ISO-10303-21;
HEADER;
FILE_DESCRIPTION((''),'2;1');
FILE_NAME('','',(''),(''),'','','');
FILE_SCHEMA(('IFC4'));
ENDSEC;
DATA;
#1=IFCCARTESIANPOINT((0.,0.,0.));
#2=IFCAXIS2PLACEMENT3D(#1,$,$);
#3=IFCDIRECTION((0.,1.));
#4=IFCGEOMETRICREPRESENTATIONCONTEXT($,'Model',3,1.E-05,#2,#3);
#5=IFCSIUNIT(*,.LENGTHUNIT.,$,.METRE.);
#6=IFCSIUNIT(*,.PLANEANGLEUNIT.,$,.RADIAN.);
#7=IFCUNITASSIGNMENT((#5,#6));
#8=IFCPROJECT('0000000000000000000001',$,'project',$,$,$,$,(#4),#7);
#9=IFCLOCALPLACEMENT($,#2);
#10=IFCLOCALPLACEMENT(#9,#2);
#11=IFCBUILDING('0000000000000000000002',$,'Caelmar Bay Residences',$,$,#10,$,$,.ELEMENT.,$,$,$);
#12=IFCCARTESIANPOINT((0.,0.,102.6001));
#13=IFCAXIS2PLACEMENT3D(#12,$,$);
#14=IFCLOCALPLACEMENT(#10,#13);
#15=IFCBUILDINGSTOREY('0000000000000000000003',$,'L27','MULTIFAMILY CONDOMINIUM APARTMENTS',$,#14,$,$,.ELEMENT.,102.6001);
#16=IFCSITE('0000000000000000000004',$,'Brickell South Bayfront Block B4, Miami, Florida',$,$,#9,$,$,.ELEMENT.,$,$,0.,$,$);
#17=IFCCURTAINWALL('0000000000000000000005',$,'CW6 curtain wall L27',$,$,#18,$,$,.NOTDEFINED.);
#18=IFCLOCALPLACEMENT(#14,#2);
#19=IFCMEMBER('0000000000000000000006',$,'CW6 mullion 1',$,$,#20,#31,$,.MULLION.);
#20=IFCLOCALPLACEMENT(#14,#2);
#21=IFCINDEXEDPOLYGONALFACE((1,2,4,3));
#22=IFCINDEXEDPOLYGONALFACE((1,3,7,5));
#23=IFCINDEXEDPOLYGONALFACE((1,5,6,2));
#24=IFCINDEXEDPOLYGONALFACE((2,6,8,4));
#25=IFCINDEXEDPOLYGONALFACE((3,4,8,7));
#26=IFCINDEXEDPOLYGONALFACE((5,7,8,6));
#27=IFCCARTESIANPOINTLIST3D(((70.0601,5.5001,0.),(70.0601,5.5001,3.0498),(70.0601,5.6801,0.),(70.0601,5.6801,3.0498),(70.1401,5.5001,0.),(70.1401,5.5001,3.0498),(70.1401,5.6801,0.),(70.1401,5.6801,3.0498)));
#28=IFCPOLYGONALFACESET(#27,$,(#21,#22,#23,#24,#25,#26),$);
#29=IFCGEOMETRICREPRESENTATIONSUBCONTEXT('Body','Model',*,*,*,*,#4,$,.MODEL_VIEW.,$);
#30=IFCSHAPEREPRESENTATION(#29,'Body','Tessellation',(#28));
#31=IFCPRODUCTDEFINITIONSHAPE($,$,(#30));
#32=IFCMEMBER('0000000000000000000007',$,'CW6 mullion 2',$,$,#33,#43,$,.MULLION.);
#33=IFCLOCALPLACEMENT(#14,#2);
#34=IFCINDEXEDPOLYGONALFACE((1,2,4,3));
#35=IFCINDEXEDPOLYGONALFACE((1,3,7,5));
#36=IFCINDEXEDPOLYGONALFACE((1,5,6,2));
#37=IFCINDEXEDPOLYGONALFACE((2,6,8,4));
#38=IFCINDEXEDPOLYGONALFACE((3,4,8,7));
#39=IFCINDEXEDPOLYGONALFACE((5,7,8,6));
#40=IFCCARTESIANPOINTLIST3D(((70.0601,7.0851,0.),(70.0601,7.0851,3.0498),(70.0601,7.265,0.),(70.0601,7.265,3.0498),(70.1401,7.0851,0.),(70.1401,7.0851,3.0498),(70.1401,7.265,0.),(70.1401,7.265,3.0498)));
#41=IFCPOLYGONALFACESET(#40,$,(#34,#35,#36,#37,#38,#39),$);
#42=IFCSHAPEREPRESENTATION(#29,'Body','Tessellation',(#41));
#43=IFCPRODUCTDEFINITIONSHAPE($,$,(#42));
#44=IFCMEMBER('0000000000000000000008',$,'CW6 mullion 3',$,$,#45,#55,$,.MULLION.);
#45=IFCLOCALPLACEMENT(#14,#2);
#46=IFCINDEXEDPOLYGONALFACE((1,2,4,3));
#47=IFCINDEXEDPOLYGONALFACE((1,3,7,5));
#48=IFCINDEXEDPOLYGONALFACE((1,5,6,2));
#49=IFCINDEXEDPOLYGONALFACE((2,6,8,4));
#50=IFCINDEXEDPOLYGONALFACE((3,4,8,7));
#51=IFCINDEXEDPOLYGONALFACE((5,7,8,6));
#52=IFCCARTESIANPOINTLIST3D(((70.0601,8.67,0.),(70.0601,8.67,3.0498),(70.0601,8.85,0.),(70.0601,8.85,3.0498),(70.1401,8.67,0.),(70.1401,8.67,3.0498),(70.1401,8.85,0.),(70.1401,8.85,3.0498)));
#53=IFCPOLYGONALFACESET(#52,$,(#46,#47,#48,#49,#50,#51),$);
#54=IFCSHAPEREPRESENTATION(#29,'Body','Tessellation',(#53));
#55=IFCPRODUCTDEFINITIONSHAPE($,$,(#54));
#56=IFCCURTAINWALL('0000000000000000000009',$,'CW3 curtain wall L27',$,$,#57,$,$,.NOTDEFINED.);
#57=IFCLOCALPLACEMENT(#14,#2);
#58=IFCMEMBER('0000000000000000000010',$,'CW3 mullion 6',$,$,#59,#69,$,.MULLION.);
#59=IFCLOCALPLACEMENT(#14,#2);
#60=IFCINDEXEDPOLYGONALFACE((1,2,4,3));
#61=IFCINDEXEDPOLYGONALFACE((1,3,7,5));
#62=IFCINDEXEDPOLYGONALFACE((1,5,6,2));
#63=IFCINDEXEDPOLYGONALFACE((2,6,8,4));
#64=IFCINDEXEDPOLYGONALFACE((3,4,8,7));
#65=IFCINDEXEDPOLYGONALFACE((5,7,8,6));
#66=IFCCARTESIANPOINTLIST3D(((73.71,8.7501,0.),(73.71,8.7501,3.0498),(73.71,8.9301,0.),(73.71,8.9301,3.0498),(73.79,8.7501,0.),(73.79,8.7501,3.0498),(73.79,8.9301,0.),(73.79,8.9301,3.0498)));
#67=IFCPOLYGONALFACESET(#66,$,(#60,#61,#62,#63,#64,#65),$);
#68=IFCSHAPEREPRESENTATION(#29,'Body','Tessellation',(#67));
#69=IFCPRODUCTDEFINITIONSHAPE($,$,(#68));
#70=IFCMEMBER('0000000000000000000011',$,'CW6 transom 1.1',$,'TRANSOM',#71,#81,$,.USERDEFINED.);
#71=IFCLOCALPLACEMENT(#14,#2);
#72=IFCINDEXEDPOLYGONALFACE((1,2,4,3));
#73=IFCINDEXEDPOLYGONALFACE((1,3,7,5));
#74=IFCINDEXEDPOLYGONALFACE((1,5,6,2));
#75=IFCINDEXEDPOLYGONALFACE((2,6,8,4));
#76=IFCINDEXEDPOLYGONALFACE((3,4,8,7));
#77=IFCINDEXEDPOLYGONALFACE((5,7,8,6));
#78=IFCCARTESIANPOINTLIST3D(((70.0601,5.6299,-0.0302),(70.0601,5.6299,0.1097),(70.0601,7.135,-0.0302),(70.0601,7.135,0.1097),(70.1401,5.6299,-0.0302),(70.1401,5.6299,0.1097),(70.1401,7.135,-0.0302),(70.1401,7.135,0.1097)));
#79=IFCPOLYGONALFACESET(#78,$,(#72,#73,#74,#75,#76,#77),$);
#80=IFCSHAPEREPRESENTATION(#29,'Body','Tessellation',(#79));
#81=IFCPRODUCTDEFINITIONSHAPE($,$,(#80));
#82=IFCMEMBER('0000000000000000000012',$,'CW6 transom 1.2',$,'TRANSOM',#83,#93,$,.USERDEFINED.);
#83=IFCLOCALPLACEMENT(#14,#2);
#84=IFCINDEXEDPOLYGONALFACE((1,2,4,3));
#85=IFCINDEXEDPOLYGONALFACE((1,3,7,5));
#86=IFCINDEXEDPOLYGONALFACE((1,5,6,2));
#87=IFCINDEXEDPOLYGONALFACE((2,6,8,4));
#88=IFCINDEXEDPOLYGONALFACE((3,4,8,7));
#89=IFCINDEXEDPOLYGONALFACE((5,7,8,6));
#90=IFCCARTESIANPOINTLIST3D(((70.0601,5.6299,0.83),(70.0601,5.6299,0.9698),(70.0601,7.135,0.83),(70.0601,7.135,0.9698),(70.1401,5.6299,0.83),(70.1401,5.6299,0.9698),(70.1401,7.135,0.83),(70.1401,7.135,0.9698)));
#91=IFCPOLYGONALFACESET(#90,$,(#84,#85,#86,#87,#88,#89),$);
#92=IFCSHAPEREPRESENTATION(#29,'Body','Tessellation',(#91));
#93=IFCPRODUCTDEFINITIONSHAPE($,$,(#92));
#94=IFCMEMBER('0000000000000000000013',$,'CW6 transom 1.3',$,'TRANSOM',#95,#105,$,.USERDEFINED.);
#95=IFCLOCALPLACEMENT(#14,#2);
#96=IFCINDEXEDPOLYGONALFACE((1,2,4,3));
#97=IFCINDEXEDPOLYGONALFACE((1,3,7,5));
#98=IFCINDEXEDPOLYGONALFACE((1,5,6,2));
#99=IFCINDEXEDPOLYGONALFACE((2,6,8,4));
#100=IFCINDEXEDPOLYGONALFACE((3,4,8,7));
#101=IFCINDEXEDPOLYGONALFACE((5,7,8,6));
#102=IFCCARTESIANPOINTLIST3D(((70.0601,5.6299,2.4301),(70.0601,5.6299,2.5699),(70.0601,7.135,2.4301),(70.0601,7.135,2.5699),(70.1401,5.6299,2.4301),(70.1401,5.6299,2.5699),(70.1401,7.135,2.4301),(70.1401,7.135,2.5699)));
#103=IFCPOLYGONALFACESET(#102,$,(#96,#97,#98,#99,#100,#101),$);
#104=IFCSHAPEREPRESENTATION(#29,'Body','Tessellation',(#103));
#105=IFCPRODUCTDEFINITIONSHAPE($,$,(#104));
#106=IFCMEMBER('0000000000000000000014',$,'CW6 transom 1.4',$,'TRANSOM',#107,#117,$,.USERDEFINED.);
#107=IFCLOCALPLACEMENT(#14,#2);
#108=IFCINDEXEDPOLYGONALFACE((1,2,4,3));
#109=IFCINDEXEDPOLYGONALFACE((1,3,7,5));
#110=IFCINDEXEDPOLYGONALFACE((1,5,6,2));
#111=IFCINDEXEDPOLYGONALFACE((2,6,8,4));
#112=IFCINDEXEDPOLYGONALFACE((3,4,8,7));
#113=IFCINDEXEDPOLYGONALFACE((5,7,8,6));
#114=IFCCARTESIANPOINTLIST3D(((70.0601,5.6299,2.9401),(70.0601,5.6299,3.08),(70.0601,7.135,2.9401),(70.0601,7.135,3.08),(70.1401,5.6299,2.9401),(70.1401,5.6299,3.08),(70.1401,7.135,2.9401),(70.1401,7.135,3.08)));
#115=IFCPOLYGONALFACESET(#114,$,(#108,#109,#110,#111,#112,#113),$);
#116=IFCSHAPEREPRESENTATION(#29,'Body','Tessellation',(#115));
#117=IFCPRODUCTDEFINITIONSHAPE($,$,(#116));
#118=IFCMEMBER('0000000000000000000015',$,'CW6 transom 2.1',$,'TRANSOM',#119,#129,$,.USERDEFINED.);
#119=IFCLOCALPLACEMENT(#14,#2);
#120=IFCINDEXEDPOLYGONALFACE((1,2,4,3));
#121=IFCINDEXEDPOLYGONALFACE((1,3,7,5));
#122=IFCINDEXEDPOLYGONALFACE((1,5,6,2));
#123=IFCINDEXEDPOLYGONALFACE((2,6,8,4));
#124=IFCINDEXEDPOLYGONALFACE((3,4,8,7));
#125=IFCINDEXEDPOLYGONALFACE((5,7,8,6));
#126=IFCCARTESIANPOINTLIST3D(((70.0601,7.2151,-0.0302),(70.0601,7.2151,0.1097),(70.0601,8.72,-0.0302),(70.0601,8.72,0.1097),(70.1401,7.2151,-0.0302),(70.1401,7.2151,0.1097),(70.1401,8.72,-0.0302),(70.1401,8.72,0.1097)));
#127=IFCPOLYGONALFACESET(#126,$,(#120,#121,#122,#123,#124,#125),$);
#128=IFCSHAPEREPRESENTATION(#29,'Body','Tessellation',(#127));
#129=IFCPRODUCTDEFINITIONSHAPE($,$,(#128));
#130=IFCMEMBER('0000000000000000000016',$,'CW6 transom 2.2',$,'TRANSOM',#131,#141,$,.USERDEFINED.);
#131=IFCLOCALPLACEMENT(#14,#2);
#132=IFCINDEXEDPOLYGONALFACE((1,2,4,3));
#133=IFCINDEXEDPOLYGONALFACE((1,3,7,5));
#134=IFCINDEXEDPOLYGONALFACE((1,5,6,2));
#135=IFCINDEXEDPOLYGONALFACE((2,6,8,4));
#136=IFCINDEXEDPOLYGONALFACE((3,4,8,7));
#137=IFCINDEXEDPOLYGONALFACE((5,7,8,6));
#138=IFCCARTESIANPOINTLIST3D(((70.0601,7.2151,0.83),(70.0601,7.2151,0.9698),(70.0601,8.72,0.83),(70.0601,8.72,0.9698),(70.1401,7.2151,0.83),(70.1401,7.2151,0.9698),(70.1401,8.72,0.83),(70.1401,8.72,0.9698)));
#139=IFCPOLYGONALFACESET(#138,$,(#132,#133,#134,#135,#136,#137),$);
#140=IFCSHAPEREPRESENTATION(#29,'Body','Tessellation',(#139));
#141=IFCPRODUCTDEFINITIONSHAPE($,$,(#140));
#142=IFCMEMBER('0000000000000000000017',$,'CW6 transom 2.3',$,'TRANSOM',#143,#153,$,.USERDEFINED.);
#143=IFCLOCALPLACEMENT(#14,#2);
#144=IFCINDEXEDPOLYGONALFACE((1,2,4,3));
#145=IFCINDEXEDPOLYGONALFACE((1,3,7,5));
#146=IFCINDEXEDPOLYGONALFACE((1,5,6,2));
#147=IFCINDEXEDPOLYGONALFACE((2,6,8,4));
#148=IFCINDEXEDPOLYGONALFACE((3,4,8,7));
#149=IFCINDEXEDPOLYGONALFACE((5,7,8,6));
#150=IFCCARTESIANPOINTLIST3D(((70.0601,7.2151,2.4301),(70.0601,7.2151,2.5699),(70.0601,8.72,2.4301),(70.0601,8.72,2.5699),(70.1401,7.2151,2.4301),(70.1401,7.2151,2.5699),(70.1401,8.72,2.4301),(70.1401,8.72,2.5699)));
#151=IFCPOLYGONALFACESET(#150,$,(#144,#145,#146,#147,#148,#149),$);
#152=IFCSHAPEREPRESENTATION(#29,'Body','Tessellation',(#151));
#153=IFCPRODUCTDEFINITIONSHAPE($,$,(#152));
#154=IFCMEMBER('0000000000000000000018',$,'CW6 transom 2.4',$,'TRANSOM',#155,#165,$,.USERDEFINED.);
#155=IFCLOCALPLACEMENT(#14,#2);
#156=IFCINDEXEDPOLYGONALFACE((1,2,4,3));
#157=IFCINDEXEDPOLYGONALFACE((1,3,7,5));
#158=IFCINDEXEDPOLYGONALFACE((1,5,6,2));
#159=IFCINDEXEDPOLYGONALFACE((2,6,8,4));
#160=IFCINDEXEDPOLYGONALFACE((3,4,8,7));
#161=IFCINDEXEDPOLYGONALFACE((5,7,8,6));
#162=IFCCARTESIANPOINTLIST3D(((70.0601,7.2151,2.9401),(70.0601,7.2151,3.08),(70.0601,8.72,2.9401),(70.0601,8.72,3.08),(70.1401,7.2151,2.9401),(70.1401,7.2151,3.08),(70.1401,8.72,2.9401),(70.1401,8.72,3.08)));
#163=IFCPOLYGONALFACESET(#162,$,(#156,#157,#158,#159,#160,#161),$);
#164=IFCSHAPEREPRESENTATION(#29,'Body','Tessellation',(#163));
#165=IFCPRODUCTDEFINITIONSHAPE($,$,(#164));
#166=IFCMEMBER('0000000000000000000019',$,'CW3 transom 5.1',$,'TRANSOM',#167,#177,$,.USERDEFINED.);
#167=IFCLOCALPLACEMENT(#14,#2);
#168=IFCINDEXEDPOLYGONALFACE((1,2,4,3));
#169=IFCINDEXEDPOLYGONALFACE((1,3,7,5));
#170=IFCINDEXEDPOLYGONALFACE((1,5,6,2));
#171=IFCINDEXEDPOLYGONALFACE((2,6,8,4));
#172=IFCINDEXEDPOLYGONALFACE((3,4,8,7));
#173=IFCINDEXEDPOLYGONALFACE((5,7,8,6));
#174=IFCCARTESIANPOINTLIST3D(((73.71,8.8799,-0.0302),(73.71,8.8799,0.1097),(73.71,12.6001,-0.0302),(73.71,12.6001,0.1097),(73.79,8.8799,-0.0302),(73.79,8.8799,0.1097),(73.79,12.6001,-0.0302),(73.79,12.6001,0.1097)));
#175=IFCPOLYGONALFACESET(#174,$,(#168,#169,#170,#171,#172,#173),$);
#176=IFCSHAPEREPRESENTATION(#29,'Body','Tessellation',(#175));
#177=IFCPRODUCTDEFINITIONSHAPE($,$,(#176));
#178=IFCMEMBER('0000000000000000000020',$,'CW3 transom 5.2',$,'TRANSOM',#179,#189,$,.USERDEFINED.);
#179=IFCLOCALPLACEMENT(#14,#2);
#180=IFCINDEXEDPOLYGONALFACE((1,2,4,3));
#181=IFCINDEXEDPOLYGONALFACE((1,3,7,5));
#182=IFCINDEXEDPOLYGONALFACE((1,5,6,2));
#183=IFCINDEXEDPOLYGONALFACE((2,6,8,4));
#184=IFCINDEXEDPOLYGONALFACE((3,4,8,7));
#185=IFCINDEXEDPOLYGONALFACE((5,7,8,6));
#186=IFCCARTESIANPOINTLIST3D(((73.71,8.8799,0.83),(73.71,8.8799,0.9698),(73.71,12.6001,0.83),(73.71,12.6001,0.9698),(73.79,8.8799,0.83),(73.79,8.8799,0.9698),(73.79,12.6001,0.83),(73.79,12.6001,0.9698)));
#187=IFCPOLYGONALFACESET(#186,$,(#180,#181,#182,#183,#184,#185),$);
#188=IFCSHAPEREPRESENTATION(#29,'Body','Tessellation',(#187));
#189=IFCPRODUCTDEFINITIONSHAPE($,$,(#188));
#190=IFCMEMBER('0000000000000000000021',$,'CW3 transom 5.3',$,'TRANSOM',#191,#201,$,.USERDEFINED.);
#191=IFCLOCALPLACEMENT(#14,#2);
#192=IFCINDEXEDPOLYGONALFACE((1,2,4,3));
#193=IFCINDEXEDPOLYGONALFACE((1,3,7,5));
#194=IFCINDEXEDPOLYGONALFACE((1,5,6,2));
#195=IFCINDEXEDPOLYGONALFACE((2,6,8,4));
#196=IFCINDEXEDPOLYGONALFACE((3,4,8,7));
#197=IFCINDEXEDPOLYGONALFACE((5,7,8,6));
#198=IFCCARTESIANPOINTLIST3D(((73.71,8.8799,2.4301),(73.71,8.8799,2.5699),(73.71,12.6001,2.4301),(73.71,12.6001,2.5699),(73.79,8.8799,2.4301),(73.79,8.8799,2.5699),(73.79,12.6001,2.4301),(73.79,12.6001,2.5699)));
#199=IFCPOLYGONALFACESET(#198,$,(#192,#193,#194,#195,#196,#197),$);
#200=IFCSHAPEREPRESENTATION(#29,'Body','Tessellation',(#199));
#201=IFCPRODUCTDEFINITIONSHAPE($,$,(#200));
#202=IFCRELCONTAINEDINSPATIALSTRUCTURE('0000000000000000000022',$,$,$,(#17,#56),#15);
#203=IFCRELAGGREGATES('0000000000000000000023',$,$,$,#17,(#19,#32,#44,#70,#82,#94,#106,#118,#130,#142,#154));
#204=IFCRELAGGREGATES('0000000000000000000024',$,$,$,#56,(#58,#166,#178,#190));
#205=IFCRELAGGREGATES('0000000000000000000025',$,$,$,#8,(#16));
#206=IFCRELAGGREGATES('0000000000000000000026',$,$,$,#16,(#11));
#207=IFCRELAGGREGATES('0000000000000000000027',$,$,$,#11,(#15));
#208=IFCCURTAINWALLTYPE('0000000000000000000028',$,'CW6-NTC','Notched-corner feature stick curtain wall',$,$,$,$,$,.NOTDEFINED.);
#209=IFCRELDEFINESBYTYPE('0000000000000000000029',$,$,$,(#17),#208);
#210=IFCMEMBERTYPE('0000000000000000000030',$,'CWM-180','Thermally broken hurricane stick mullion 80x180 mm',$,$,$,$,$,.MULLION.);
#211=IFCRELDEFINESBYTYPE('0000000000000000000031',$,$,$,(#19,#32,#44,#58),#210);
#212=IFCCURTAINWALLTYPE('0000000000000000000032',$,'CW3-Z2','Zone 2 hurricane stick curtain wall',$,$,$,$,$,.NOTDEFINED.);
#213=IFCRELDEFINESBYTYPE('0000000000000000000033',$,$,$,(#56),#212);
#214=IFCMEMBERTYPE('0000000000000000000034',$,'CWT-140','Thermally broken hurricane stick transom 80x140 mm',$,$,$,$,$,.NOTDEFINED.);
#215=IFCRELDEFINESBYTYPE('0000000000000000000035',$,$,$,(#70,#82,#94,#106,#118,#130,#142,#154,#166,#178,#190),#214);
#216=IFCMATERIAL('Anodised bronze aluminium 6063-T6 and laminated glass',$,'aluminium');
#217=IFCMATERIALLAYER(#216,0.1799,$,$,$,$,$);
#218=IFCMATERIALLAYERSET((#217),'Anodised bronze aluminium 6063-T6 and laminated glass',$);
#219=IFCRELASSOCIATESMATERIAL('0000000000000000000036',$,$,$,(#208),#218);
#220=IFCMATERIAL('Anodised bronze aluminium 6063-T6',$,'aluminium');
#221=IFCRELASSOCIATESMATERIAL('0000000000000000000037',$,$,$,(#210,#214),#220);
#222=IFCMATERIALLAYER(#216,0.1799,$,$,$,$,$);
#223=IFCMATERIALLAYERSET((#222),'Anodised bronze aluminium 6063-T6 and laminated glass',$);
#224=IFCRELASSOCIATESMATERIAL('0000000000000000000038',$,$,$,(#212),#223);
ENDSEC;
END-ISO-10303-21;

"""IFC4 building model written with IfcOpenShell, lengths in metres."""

from ifc_helpers import new_model, si_unit, direction, frame, origin, origin_2d, place, context, subcontext, project, spatial, rectangle, extrude, material, layer, layer_set, material_profile, profile_set, type_object, element, aggregate, save


model = new_model("IFC4")

# Units and contexts
model_context = context("Model", 3, precision=1e-05, world=origin(), true_north=direction((0.0, 1.0)))
body_context = subcontext(model_context, "Body", "Model", "MODEL_VIEW")
ifc_project = project(units=[si_unit("LENGTHUNIT", "METRE"), si_unit("PLANEANGLEUNIT", "RADIAN")], contexts=[model_context])

# Site, building, storey
site_placement = place(None, origin())
site = spatial("IfcSite", under=ifc_project, at=site_placement, Name="Brickell South Bayfront Block B4, Miami, Florida", CompositionType="ELEMENT", RefElevation=0.0)
building_placement = place(site_placement, origin())
building = spatial("IfcBuilding", under=site, at=building_placement, Name="Caelmar Bay Residences", CompositionType="ELEMENT")
storey_placement = place(building_placement, frame((0.0, 0.0, 102.6001)))
storey = spatial("IfcBuildingStorey", under=building, at=storey_placement, Name="L27", Description="MULTIFAMILY CONDOMINIUM APARTMENTS", CompositionType="ELEMENT", Elevation=102.6001)

# Curtain wall, members
ifc_material_1 = material(Name="Anodised bronze aluminium 6063-T6 and laminated glass", Category="aluminium")
ifc_layer_1 = layer(ifc_material_1, 0.1799)
ifc_layer_set_1 = layer_set([ifc_layer_1], Name="Anodised bronze aluminium 6063-T6 and laminated glass")
curtain_wall_type_1 = type_object("IfcCurtainWallType", Name="CW6-NTC", Description="Notched-corner feature stick curtain wall", PredefinedType="NOTDEFINED", material=ifc_layer_set_1)
curtain_wall_1_placement = place(storey_placement, origin())
curtain_wall_1 = element("IfcCurtainWall", 1, at=curtain_wall_1_placement, inside=storey, type_object=curtain_wall_type_1, Name="CW6 curtain wall L27", PredefinedType="NOTDEFINED")
ifc_material_2 = material(Name="Anodised bronze aluminium 6063-T6", Category="aluminium")
ifc_material_profile_1 = material_profile(ifc_material_2, rectangle(XDim=0.0801, YDim=0.1799, at=origin_2d()), Name="CWM-80X180")
ifc_profile_set_1 = profile_set([ifc_material_profile_1], Name="Anodised bronze aluminium 6063-T6")
member_type_1 = type_object("IfcMemberType", Name="CWM-180", Description="Thermally broken hurricane stick mullion 80x180 mm", PredefinedType="MULLION", material=ifc_profile_set_1)
member_1_placement = place(storey_placement, frame((70.1001, 5.5901, 0.0), z_axis=(0.0, 0.0, 1.0), x_axis=(-1.0, 0.0, 0.0)))
member_1 = element("IfcMember", 2, at=member_1_placement, type_object=member_type_1, Name="CW6 mullion 1", PredefinedType="MULLION", context=body_context, shape_type="SweptSolid", body=[
    extrude(rectangle(XDim=0.0801, YDim=0.1799, at=origin_2d()), origin(), (0.0, 0.0, 1.0), 3.0498),
])
member_2_placement = place(storey_placement, frame((70.1001, 7.175, 0.0), z_axis=(0.0, 0.0, 1.0), x_axis=(-1.0, 0.0, 0.0)))
member_2 = element("IfcMember", 3, at=member_2_placement, type_object=member_type_1, Name="CW6 mullion 2", PredefinedType="MULLION", context=body_context, shape_type="SweptSolid", body=[
    extrude(rectangle(XDim=0.0801, YDim=0.1799, at=origin_2d()), origin(), (0.0, 0.0, 1.0), 3.0498),
])
member_3_placement = place(storey_placement, frame((70.1001, 8.76, 0.0), z_axis=(0.0, 0.0, 1.0), x_axis=(-1.0, 0.0, 0.0)))
member_3 = element("IfcMember", 4, at=member_3_placement, type_object=member_type_1, Name="CW6 mullion 3", PredefinedType="MULLION", context=body_context, shape_type="SweptSolid", body=[
    extrude(rectangle(XDim=0.0801, YDim=0.1799, at=origin_2d()), origin(), (0.0, 0.0, 1.0), 3.0498),
])

# Curtain wall, member
ifc_layer_2 = layer(ifc_material_1, 0.1799)
ifc_layer_set_2 = layer_set([ifc_layer_2], Name="Anodised bronze aluminium 6063-T6 and laminated glass")
curtain_wall_type_2 = type_object("IfcCurtainWallType", Name="CW3-Z2", Description="Zone 2 hurricane stick curtain wall", PredefinedType="NOTDEFINED", material=ifc_layer_set_2)
curtain_wall_2_placement = place(storey_placement, origin())
curtain_wall_2 = element("IfcCurtainWall", 5, at=curtain_wall_2_placement, inside=storey, type_object=curtain_wall_type_2, Name="CW3 curtain wall L27", PredefinedType="NOTDEFINED")
member_4_placement = place(storey_placement, frame((73.75, 8.8401, 0.0), z_axis=(0.0, 0.0, 1.0), x_axis=(1.0, 0.0, 0.0)))
member_4 = element("IfcMember", 6, at=member_4_placement, type_object=member_type_1, Name="CW3 mullion 6", PredefinedType="MULLION", context=body_context, shape_type="SweptSolid", body=[
    extrude(rectangle(XDim=0.0801, YDim=0.1799, at=origin_2d()), origin(), (0.0, 0.0, 1.0), 3.0498),
])

# Members
ifc_material_profile_2 = material_profile(ifc_material_2, rectangle(XDim=0.0801, YDim=0.1399, at=origin_2d()), Name="CWT-80X140")
ifc_profile_set_2 = profile_set([ifc_material_profile_2], Name="Anodised bronze aluminium 6063-T6")
member_type_2 = type_object("IfcMemberType", Name="CWT-140", Description="Thermally broken hurricane stick transom 80x140 mm", PredefinedType="NOTDEFINED", material=ifc_profile_set_2)
member_5_placement = place(storey_placement, frame((70.1001, 5.6299, 0.0398), z_axis=(0.0, 1.0, 0.0), x_axis=(-1.0, 0.0, 0.0)))
member_5 = element("IfcMember", 7, at=member_5_placement, type_object=member_type_2, Name="CW6 transom 1.1", ObjectType="TRANSOM", PredefinedType="USERDEFINED", context=body_context, shape_type="SweptSolid", body=[
    extrude(rectangle(XDim=0.0801, YDim=0.1399, at=origin_2d()), origin(), (0.0, 0.0, 1.0), 1.5051),
])
member_6_placement = place(storey_placement, frame((70.1001, 5.6299, 0.8999), z_axis=(0.0, 1.0, 0.0), x_axis=(-1.0, 0.0, 0.0)))
member_6 = element("IfcMember", 8, at=member_6_placement, type_object=member_type_2, Name="CW6 transom 1.2", ObjectType="TRANSOM", PredefinedType="USERDEFINED", context=body_context, shape_type="SweptSolid", body=[
    extrude(rectangle(XDim=0.0801, YDim=0.1399, at=origin_2d()), origin(), (0.0, 0.0, 1.0), 1.5051),
])
member_7_placement = place(storey_placement, frame((70.1001, 5.6299, 2.5), z_axis=(0.0, 1.0, 0.0), x_axis=(-1.0, 0.0, 0.0)))
member_7 = element("IfcMember", 9, at=member_7_placement, type_object=member_type_2, Name="CW6 transom 1.3", ObjectType="TRANSOM", PredefinedType="USERDEFINED", context=body_context, shape_type="SweptSolid", body=[
    extrude(rectangle(XDim=0.0801, YDim=0.1399, at=origin_2d()), origin(), (0.0, 0.0, 1.0), 1.5051),
])
member_8_placement = place(storey_placement, frame((70.1001, 5.6299, 3.01), z_axis=(0.0, 1.0, 0.0), x_axis=(-1.0, 0.0, 0.0)))
member_8 = element("IfcMember", 10, at=member_8_placement, type_object=member_type_2, Name="CW6 transom 1.4", ObjectType="TRANSOM", PredefinedType="USERDEFINED", context=body_context, shape_type="SweptSolid", body=[
    extrude(rectangle(XDim=0.0801, YDim=0.1399, at=origin_2d()), origin(), (0.0, 0.0, 1.0), 1.5051),
])
member_9_placement = place(storey_placement, frame((70.1001, 7.2151, 0.0398), z_axis=(0.0, 1.0, 0.0), x_axis=(-1.0, 0.0, 0.0)))
member_9 = element("IfcMember", 11, at=member_9_placement, type_object=member_type_2, Name="CW6 transom 2.1", ObjectType="TRANSOM", PredefinedType="USERDEFINED", context=body_context, shape_type="SweptSolid", body=[
    extrude(rectangle(XDim=0.0801, YDim=0.1399, at=origin_2d()), origin(), (0.0, 0.0, 1.0), 1.5049),
])
member_10_placement = place(storey_placement, frame((70.1001, 7.2151, 0.8999), z_axis=(0.0, 1.0, 0.0), x_axis=(-1.0, 0.0, 0.0)))
member_10 = element("IfcMember", 12, at=member_10_placement, type_object=member_type_2, Name="CW6 transom 2.2", ObjectType="TRANSOM", PredefinedType="USERDEFINED", context=body_context, shape_type="SweptSolid", body=[
    extrude(rectangle(XDim=0.0801, YDim=0.1399, at=origin_2d()), origin(), (0.0, 0.0, 1.0), 1.5049),
])
member_11_placement = place(storey_placement, frame((70.1001, 7.2151, 2.5), z_axis=(0.0, 1.0, 0.0), x_axis=(-1.0, 0.0, 0.0)))
member_11 = element("IfcMember", 13, at=member_11_placement, type_object=member_type_2, Name="CW6 transom 2.3", ObjectType="TRANSOM", PredefinedType="USERDEFINED", context=body_context, shape_type="SweptSolid", body=[
    extrude(rectangle(XDim=0.0801, YDim=0.1399, at=origin_2d()), origin(), (0.0, 0.0, 1.0), 1.5049),
])
member_12_placement = place(storey_placement, frame((70.1001, 7.2151, 3.01), z_axis=(0.0, 1.0, 0.0), x_axis=(-1.0, 0.0, 0.0)))
member_12 = element("IfcMember", 14, at=member_12_placement, type_object=member_type_2, Name="CW6 transom 2.4", ObjectType="TRANSOM", PredefinedType="USERDEFINED", context=body_context, shape_type="SweptSolid", body=[
    extrude(rectangle(XDim=0.0801, YDim=0.1399, at=origin_2d()), origin(), (0.0, 0.0, 1.0), 1.5049),
])
member_13_placement = place(storey_placement, frame((73.75, 12.6001, 0.0398), z_axis=(0.0, -1.0, 0.0), x_axis=(1.0, 0.0, 0.0)))
member_13 = element("IfcMember", 15, at=member_13_placement, type_object=member_type_2, Name="CW3 transom 5.1", ObjectType="TRANSOM", PredefinedType="USERDEFINED", context=body_context, shape_type="SweptSolid", body=[
    extrude(rectangle(XDim=0.0801, YDim=0.1399, at=origin_2d()), origin(), (0.0, 0.0, 1.0), 3.7202),
])
member_14_placement = place(storey_placement, frame((73.75, 12.6001, 0.8999), z_axis=(0.0, -1.0, 0.0), x_axis=(1.0, 0.0, 0.0)))
member_14 = element("IfcMember", 16, at=member_14_placement, type_object=member_type_2, Name="CW3 transom 5.2", ObjectType="TRANSOM", PredefinedType="USERDEFINED", context=body_context, shape_type="SweptSolid", body=[
    extrude(rectangle(XDim=0.0801, YDim=0.1399, at=origin_2d()), origin(), (0.0, 0.0, 1.0), 3.7202),
])
member_15_placement = place(storey_placement, frame((73.75, 12.6001, 2.5), z_axis=(0.0, -1.0, 0.0), x_axis=(1.0, 0.0, 0.0)))
member_15 = element("IfcMember", 17, at=member_15_placement, type_object=member_type_2, Name="CW3 transom 5.3", ObjectType="TRANSOM", PredefinedType="USERDEFINED", context=body_context, shape_type="SweptSolid", body=[
    extrude(rectangle(XDim=0.0801, YDim=0.1399, at=origin_2d()), origin(), (0.0, 0.0, 1.0), 3.7202),
])

aggregate(curtain_wall_1, [member_1, member_2, member_3, member_5, member_6, member_7, member_8, member_9, member_10, member_11, member_12])
aggregate(curtain_wall_2, [member_4, member_13, member_14, member_15])

save(model, "model.ifc")
